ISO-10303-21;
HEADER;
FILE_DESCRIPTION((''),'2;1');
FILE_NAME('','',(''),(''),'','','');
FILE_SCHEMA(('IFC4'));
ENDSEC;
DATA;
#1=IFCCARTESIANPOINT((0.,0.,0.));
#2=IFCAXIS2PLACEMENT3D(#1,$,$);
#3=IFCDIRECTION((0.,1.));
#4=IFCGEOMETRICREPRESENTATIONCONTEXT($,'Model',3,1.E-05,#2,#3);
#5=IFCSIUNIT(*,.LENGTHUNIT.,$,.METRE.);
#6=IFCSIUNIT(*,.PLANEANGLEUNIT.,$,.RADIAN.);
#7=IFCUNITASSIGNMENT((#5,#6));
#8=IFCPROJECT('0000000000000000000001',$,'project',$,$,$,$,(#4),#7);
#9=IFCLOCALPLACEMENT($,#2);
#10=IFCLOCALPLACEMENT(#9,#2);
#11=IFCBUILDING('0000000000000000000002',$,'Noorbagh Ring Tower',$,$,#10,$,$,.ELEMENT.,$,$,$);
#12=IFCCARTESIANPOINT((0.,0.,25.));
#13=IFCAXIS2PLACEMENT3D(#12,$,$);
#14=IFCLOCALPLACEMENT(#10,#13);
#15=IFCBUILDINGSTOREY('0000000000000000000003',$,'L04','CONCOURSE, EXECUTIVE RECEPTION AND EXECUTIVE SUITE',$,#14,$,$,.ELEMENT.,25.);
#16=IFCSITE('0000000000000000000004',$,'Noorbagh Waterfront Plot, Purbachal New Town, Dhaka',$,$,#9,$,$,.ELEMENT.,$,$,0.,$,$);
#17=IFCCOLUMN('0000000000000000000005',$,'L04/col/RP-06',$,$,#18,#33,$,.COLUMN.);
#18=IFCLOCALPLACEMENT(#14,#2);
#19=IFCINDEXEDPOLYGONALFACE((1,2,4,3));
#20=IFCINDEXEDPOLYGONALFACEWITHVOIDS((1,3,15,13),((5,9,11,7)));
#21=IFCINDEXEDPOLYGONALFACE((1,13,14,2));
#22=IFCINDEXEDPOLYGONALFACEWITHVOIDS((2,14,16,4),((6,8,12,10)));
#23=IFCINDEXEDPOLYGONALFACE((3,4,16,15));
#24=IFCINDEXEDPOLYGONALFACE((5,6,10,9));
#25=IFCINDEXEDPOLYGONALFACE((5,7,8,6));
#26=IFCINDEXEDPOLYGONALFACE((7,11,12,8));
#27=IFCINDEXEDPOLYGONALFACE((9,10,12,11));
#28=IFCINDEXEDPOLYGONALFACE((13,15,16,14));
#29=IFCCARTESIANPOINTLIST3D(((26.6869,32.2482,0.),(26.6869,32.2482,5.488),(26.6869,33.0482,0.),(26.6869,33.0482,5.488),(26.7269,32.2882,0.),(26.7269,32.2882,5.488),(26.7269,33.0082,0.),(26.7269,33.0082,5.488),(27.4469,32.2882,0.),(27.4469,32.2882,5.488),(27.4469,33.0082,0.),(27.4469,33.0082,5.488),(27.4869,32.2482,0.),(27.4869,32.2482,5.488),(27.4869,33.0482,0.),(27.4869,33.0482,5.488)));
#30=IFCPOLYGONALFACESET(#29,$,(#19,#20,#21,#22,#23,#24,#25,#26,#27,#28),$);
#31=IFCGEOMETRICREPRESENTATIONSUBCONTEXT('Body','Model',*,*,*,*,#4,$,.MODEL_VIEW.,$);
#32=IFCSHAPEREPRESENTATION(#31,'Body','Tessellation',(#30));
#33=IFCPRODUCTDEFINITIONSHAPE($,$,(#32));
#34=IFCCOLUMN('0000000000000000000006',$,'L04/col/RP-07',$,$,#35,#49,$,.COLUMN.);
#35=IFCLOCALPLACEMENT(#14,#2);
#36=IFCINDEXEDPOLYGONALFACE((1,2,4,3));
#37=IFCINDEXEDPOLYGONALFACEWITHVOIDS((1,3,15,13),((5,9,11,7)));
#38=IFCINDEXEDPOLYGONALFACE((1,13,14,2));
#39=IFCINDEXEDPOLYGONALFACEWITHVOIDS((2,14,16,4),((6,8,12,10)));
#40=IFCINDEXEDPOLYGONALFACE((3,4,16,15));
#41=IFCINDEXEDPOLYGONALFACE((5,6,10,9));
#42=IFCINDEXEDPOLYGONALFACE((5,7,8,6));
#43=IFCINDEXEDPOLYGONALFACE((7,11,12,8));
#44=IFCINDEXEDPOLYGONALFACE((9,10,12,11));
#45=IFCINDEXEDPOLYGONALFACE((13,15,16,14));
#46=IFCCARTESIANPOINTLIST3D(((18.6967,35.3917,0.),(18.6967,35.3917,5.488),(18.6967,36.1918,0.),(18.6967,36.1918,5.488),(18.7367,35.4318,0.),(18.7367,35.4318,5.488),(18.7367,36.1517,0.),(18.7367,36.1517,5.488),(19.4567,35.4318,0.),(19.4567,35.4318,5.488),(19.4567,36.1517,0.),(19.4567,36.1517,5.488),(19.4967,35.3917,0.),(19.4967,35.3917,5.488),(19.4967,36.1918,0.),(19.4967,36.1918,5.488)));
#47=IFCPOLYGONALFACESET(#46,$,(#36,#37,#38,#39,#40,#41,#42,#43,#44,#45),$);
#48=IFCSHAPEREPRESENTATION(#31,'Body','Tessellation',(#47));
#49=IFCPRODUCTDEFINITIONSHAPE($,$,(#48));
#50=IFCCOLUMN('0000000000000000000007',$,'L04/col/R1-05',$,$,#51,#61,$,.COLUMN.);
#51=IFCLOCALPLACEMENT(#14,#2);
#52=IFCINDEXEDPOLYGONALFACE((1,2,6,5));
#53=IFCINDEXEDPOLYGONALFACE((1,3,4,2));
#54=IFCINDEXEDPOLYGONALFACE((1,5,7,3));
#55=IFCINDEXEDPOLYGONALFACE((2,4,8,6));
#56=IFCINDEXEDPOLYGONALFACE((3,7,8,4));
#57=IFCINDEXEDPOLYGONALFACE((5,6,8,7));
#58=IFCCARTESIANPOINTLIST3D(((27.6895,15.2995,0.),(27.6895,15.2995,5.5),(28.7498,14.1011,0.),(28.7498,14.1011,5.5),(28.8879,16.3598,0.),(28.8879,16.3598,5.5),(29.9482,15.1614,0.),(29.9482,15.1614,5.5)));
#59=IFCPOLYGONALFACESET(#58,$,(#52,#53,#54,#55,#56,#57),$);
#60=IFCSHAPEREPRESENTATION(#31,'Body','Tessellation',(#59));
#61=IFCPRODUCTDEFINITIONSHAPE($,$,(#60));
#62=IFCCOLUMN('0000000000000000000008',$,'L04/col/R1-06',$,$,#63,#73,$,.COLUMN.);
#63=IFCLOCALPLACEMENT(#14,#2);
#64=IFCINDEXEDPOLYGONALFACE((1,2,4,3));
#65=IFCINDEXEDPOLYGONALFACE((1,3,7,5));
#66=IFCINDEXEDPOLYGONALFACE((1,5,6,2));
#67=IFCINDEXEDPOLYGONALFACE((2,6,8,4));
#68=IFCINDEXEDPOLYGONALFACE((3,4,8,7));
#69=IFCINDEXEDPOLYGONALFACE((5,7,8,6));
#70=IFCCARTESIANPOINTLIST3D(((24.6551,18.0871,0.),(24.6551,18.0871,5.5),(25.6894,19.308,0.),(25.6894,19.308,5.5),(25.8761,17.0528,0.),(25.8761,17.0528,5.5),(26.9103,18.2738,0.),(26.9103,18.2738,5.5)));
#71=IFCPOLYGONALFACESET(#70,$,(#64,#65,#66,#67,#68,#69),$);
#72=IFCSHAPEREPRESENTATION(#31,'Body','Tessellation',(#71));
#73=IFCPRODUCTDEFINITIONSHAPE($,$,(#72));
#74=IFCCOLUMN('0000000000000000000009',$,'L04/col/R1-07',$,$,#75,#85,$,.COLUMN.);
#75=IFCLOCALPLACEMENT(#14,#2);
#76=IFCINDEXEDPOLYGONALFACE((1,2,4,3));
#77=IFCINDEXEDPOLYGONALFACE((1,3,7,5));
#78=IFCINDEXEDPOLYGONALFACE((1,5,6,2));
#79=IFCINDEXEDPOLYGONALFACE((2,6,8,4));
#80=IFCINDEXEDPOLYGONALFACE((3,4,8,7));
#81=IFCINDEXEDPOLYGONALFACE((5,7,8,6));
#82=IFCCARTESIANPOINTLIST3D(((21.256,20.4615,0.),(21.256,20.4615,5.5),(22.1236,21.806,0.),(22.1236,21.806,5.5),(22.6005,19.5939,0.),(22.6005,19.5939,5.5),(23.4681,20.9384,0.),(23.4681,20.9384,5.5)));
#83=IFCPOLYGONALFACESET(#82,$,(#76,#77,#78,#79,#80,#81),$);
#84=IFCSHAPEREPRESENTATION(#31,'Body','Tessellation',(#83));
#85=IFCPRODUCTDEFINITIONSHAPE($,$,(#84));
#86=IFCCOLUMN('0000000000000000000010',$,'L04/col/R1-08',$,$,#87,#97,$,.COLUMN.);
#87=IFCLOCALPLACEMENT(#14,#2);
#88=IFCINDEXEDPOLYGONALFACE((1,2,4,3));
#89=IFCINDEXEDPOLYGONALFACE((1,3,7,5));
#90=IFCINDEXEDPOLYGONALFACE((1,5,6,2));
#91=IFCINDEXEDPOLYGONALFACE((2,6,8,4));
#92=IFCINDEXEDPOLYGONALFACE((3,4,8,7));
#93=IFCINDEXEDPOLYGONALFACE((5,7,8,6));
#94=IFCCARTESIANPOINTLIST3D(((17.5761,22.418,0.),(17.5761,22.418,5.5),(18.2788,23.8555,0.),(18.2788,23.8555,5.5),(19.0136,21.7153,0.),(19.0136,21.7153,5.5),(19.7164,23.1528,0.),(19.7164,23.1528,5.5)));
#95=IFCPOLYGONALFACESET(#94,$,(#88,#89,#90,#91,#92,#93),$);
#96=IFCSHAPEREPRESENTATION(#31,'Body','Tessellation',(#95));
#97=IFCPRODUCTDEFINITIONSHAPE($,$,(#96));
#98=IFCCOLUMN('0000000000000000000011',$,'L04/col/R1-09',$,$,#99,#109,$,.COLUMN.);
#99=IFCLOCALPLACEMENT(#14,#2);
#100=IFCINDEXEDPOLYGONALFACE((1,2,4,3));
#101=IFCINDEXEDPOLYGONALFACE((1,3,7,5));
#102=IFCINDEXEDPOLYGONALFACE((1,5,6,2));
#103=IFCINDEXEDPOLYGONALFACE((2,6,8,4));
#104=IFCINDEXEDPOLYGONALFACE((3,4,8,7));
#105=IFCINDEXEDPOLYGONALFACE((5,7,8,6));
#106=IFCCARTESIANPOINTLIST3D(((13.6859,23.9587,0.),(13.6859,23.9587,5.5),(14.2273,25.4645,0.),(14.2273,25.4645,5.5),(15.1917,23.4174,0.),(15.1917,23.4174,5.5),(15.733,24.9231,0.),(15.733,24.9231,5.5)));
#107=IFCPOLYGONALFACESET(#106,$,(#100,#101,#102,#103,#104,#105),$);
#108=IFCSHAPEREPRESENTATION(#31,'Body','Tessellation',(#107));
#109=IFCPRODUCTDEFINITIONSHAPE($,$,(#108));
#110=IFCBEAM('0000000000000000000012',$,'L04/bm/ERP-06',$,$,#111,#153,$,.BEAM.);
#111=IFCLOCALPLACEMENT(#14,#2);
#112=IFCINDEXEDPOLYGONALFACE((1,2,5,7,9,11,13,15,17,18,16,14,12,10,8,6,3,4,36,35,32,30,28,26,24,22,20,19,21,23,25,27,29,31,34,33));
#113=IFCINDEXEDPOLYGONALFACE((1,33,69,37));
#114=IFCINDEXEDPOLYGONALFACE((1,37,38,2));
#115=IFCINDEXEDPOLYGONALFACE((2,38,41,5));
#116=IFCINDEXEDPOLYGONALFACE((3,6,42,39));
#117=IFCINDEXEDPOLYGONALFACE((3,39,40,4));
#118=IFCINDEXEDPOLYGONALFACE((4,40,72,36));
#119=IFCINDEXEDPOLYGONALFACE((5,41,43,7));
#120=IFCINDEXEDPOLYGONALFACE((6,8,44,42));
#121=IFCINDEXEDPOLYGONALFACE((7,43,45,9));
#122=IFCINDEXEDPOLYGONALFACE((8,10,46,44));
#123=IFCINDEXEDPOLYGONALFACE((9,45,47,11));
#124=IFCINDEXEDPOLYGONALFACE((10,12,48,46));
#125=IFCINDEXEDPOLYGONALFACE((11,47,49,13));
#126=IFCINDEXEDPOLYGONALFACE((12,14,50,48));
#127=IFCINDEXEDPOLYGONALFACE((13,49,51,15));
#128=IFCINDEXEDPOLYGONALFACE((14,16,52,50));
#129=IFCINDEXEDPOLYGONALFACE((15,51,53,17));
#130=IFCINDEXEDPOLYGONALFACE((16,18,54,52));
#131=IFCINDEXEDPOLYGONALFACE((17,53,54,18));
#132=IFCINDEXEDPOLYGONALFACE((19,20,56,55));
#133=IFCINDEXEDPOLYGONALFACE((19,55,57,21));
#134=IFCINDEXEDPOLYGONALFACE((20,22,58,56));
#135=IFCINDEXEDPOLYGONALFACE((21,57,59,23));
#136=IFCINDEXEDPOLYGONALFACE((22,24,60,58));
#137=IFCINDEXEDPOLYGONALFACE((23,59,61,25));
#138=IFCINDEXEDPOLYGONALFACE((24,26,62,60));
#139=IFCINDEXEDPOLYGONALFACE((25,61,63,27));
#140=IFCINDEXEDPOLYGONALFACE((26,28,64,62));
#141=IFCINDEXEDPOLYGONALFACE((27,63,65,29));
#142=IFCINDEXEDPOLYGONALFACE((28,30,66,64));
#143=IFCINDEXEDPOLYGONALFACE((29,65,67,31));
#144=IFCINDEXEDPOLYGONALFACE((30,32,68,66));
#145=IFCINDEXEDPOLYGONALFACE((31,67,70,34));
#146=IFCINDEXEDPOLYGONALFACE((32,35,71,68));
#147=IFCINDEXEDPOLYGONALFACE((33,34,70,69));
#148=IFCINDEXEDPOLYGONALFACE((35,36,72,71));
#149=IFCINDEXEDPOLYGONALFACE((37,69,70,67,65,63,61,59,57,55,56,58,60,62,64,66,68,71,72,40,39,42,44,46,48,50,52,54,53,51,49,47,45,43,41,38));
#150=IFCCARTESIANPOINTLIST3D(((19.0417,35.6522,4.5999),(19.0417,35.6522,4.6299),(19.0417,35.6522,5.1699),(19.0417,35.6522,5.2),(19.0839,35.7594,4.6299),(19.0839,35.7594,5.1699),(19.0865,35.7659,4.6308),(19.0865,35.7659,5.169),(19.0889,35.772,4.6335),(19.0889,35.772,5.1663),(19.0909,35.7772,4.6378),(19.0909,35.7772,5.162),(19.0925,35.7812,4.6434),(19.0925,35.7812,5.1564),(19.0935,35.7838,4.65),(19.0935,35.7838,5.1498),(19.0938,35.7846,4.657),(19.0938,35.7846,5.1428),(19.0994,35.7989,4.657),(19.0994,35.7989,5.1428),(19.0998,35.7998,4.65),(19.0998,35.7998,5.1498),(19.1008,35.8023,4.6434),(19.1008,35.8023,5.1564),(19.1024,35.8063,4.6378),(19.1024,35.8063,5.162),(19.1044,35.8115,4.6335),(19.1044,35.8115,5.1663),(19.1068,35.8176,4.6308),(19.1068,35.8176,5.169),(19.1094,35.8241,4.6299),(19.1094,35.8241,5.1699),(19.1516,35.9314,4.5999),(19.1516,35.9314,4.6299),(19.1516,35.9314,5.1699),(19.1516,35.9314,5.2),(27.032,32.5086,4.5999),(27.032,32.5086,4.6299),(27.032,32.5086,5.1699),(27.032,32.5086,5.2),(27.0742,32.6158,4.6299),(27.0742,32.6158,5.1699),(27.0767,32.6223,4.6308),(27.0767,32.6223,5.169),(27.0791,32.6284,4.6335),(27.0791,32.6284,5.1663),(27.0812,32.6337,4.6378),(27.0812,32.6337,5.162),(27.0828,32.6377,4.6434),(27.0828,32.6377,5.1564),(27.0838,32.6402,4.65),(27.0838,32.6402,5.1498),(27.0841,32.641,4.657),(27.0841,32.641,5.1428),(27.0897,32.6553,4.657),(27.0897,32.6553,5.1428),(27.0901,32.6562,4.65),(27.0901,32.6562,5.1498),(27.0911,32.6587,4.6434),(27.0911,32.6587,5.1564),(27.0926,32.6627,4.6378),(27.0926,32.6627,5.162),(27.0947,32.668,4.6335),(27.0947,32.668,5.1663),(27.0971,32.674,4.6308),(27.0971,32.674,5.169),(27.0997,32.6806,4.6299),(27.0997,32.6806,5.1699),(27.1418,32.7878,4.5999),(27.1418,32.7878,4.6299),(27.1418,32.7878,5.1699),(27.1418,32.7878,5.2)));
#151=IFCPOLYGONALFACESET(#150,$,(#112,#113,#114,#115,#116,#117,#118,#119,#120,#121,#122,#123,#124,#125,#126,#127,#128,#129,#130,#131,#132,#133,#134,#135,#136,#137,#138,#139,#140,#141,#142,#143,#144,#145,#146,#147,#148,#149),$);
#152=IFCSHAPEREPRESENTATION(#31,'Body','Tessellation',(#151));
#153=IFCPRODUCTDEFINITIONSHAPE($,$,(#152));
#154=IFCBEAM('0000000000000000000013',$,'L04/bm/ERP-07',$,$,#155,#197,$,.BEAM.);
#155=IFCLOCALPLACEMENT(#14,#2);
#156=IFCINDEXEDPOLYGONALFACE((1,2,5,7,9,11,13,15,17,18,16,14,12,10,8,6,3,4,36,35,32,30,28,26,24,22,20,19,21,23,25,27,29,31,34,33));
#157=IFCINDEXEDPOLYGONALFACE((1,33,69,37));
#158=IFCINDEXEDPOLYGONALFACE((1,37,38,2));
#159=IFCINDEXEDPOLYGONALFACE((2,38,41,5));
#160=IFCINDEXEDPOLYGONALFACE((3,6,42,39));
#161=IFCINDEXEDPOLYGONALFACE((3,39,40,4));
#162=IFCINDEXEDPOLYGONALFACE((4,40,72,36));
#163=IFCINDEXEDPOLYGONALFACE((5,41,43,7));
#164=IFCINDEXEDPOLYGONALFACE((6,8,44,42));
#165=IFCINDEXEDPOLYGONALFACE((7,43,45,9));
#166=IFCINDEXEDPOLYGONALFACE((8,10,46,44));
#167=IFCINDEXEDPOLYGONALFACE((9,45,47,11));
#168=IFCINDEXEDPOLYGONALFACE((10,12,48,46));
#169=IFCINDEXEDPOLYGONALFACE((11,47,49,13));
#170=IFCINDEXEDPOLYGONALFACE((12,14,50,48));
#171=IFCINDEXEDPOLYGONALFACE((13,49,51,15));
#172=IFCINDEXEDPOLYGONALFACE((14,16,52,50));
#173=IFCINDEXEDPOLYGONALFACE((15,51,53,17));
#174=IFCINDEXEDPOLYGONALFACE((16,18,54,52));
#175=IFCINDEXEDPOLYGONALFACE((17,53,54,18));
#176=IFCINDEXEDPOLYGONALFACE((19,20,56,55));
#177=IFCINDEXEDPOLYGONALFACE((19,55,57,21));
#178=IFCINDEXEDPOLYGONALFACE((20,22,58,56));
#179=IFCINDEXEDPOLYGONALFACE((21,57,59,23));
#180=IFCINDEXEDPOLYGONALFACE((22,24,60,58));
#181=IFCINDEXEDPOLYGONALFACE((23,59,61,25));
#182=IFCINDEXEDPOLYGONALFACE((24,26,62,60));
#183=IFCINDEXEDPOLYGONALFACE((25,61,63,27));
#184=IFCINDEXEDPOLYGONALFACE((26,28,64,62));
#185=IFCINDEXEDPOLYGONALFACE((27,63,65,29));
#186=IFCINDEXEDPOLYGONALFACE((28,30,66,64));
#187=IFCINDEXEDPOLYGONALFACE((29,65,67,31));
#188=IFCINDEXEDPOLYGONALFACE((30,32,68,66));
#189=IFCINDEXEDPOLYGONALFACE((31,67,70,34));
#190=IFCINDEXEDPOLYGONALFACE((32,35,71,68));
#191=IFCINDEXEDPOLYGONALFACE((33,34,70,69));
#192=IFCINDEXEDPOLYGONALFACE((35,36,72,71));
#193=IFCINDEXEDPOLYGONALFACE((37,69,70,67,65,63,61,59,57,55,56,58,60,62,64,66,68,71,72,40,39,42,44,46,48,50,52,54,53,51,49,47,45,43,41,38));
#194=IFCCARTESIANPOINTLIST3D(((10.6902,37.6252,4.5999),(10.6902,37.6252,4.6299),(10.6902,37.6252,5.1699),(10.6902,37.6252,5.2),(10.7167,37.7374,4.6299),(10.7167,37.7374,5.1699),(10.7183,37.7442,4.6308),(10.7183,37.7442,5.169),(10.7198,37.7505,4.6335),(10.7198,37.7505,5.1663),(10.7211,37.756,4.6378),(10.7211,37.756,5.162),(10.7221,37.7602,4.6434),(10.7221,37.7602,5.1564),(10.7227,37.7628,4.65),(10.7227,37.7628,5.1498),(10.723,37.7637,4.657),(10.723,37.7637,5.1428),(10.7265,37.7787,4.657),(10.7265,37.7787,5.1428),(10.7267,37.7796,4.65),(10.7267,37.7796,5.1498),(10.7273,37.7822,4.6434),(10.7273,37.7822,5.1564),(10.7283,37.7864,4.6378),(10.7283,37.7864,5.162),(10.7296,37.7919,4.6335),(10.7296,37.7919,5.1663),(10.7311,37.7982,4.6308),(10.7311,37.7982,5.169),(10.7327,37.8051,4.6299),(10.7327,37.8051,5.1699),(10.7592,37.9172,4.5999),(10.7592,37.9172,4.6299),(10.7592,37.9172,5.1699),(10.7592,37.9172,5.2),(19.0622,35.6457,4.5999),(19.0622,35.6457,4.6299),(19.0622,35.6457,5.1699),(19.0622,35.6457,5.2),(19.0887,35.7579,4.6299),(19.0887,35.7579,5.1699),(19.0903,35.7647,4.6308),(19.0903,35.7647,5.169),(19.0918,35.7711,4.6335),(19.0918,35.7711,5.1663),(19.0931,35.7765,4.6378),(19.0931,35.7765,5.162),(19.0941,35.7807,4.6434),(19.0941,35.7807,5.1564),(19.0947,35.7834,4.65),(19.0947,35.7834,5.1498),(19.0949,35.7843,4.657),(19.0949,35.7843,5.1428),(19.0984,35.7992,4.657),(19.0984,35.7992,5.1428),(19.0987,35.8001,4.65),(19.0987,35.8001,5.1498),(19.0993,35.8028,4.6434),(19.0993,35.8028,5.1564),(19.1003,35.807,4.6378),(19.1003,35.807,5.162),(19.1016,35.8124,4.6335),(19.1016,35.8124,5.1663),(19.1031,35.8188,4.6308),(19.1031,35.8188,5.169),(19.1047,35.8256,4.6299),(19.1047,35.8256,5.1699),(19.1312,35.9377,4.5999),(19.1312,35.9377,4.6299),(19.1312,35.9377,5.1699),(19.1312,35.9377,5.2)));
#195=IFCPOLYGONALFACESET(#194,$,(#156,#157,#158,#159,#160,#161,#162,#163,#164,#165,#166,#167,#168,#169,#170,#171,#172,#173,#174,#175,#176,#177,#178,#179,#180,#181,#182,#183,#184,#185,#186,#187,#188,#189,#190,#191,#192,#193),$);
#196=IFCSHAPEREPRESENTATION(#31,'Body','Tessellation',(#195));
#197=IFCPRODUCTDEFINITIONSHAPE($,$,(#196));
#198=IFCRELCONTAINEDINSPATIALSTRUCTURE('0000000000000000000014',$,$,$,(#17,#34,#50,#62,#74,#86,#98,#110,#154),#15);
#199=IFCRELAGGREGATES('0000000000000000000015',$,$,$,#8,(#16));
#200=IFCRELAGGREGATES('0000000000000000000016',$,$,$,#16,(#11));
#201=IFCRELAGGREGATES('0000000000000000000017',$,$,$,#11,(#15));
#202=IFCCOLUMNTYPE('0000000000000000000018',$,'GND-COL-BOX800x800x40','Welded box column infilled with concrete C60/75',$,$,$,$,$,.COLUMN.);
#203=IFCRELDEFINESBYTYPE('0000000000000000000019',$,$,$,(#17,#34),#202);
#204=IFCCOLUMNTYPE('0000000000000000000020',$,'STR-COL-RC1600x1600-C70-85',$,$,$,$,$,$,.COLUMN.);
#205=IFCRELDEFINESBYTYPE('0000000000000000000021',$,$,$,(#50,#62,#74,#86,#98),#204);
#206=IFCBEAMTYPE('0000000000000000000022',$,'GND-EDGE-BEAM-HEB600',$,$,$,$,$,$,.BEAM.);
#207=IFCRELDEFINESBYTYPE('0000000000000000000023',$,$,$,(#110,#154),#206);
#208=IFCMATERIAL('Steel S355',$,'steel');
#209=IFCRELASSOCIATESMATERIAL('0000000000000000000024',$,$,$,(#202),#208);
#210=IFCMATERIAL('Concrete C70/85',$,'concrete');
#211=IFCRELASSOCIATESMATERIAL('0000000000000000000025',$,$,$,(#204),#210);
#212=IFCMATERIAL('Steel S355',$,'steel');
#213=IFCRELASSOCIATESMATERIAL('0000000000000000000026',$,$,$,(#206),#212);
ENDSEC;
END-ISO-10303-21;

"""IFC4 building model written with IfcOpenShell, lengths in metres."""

from ifc_helpers import new_model, si_unit, direction, frame, origin, origin_2d, place, context, subcontext, project, spatial, rectangle, hollow_rectangle, i_section, extrude, material, material_profile, profile_set, type_object, element, save


model = new_model("IFC4")

# Units and contexts
model_context = context("Model", 3, precision=1e-05, world=origin(), true_north=direction((0.0, 1.0)))
body_context = subcontext(model_context, "Body", "Model", "MODEL_VIEW")
ifc_project = project(units=[si_unit("LENGTHUNIT", "METRE"), si_unit("PLANEANGLEUNIT", "RADIAN")], contexts=[model_context])

# Site, building, storey
site_placement = place(None, origin())
site = spatial("IfcSite", under=ifc_project, at=site_placement, Name="Noorbagh Waterfront Plot, Purbachal New Town, Dhaka", CompositionType="ELEMENT", RefElevation=0.0)
building_placement = place(site_placement, origin())
building = spatial("IfcBuilding", under=site, at=building_placement, Name="Noorbagh Ring Tower", CompositionType="ELEMENT")
storey_placement = place(building_placement, frame((0.0, 0.0, 25.0)))
storey = spatial("IfcBuildingStorey", under=building, at=storey_placement, Name="L04", Description="CONCOURSE, EXECUTIVE RECEPTION AND EXECUTIVE SUITE", CompositionType="ELEMENT", Elevation=25.0)

# Columns
ifc_material_1 = material(Name="Steel S355", Category="steel")
ifc_material_profile_1 = material_profile(ifc_material_1, hollow_rectangle(XDim=0.8, YDim=0.8, WallThickness=0.04, at=origin_2d()), Name="BOX800x800x40")
ifc_profile_set_1 = profile_set([ifc_material_profile_1], Name="Steel S355")
column_type_1 = type_object("IfcColumnType", Name="GND-COL-BOX800x800x40", Description="Welded box column infilled with concrete C60/75", PredefinedType="COLUMN", material=ifc_profile_set_1)
for number, where, z_axis, x_axis, name in (
    (1, (27.0869, 32.6482, 0.0), (0.0, 0.0, 1.0), (1.0, 0.0, 0.0), "L04/col/RP-06"),
    (2, (19.0967, 35.7917, 0.0), (0.0, 0.0, 1.0), (1.0, 0.0, 0.0), "L04/col/RP-07"),
):
    element("IfcColumn", number, at=place(storey_placement, frame(where, z_axis=z_axis, x_axis=x_axis)), inside=storey, type_object=column_type_1, Name=name, PredefinedType="COLUMN", context=body_context, shape_type="SweptSolid", body=[
        extrude(hollow_rectangle(XDim=0.8, YDim=0.8, WallThickness=0.04, at=origin_2d()), origin(), (0.0, 0.0, 1.0), 5.488),
    ])
ifc_material_2 = material(Name="Concrete C70/85", Category="concrete")
ifc_material_profile_2 = material_profile(ifc_material_2, rectangle(XDim=1.6001, YDim=1.6001, at=origin_2d()), Name="RC1600x1600")
ifc_profile_set_2 = profile_set([ifc_material_profile_2], Name="Concrete C70/85")
column_type_2 = type_object("IfcColumnType", Name="STR-COL-RC1600x1600-C70-85", PredefinedType="COLUMN", material=ifc_profile_set_2)
for number, where, z_axis, x_axis, name in (
    (3, (28.8188, 15.2305, 0.0), (0.0, 0.0, 1.0), (-0.662636, 0.748942, 0.0), "L04/col/R1-05"),
    (4, (25.7827, 18.1804, 0.0), (0.0, 0.0, 1.0), (-0.763035, 0.646357, 0.0), "L04/col/R1-06"),
    (5, (22.3621, 20.7, 0.0), (0.0, 0.0, 1.0), (-0.840248, 0.542203, 0.0), "L04/col/R1-07"),
    (6, (18.6462, 22.7854, 0.0), (0.0, 0.0, 1.0), (-0.898399, 0.43918, 0.0), "L04/col/R1-08"),
    (7, (14.7095, 24.4409, 0.0), (0.0, 0.0, 1.0), (-0.941025, 0.338338, 0.0), "L04/col/R1-09"),
):
    element("IfcColumn", number, at=place(storey_placement, frame(where, z_axis=z_axis, x_axis=x_axis)), inside=storey, type_object=column_type_2, Name=name, PredefinedType="COLUMN", context=body_context, shape_type="SweptSolid", body=[
        extrude(rectangle(XDim=1.6001, YDim=1.6001, at=origin_2d()), origin(), (0.0, 0.0, 1.0), 5.5),
    ])

# Beams
ifc_material_3 = material(Name="Steel S355", Category="steel")
ifc_material_profile_3 = material_profile(ifc_material_3, i_section(OverallWidth=0.3, OverallDepth=0.6001, WebThickness=0.0154, FlangeThickness=0.03, FilletRadius=0.0271, at=origin_2d()), Name="HEB600")
ifc_profile_set_3 = profile_set([ifc_material_profile_3], Name="Steel S355")
beam_type_1 = type_object("IfcBeamType", Name="GND-EDGE-BEAM-HEB600", PredefinedType="BEAM", material=ifc_profile_set_3)
beam_1_placement = place(storey_placement, frame((27.0869, 32.6482, 4.8999), z_axis=(-0.930572, 0.36611, 0.0), x_axis=(-0.36611, -0.930572, 0.0)))
element("IfcBeam", 8, at=beam_1_placement, inside=storey, type_object=beam_type_1, Name="L04/bm/ERP-06", PredefinedType="BEAM", context=body_context, shape_type="SweptSolid", body=[
    extrude(i_section(OverallWidth=0.3, OverallDepth=0.6001, WebThickness=0.0154, FlangeThickness=0.03, FilletRadius=0.0271, at=origin_2d()), origin(), (0.0, 0.0, 1.0), 8.5864),
])
beam_2_placement = place(storey_placement, frame((19.0967, 35.7917, 4.8999), z_axis=(-0.973168, 0.230096, 0.0), x_axis=(-0.230096, -0.973168, 0.0)))
element("IfcBeam", 9, at=beam_2_placement, inside=storey, type_object=beam_type_1, Name="L04/bm/ERP-07", PredefinedType="BEAM", context=body_context, shape_type="SweptSolid", body=[
    extrude(i_section(OverallWidth=0.3, OverallDepth=0.6001, WebThickness=0.0154, FlangeThickness=0.03, FilletRadius=0.0271, at=origin_2d()), origin(), (0.0, 0.0, 1.0), 8.6028),
])

save(model, "model.ifc")
